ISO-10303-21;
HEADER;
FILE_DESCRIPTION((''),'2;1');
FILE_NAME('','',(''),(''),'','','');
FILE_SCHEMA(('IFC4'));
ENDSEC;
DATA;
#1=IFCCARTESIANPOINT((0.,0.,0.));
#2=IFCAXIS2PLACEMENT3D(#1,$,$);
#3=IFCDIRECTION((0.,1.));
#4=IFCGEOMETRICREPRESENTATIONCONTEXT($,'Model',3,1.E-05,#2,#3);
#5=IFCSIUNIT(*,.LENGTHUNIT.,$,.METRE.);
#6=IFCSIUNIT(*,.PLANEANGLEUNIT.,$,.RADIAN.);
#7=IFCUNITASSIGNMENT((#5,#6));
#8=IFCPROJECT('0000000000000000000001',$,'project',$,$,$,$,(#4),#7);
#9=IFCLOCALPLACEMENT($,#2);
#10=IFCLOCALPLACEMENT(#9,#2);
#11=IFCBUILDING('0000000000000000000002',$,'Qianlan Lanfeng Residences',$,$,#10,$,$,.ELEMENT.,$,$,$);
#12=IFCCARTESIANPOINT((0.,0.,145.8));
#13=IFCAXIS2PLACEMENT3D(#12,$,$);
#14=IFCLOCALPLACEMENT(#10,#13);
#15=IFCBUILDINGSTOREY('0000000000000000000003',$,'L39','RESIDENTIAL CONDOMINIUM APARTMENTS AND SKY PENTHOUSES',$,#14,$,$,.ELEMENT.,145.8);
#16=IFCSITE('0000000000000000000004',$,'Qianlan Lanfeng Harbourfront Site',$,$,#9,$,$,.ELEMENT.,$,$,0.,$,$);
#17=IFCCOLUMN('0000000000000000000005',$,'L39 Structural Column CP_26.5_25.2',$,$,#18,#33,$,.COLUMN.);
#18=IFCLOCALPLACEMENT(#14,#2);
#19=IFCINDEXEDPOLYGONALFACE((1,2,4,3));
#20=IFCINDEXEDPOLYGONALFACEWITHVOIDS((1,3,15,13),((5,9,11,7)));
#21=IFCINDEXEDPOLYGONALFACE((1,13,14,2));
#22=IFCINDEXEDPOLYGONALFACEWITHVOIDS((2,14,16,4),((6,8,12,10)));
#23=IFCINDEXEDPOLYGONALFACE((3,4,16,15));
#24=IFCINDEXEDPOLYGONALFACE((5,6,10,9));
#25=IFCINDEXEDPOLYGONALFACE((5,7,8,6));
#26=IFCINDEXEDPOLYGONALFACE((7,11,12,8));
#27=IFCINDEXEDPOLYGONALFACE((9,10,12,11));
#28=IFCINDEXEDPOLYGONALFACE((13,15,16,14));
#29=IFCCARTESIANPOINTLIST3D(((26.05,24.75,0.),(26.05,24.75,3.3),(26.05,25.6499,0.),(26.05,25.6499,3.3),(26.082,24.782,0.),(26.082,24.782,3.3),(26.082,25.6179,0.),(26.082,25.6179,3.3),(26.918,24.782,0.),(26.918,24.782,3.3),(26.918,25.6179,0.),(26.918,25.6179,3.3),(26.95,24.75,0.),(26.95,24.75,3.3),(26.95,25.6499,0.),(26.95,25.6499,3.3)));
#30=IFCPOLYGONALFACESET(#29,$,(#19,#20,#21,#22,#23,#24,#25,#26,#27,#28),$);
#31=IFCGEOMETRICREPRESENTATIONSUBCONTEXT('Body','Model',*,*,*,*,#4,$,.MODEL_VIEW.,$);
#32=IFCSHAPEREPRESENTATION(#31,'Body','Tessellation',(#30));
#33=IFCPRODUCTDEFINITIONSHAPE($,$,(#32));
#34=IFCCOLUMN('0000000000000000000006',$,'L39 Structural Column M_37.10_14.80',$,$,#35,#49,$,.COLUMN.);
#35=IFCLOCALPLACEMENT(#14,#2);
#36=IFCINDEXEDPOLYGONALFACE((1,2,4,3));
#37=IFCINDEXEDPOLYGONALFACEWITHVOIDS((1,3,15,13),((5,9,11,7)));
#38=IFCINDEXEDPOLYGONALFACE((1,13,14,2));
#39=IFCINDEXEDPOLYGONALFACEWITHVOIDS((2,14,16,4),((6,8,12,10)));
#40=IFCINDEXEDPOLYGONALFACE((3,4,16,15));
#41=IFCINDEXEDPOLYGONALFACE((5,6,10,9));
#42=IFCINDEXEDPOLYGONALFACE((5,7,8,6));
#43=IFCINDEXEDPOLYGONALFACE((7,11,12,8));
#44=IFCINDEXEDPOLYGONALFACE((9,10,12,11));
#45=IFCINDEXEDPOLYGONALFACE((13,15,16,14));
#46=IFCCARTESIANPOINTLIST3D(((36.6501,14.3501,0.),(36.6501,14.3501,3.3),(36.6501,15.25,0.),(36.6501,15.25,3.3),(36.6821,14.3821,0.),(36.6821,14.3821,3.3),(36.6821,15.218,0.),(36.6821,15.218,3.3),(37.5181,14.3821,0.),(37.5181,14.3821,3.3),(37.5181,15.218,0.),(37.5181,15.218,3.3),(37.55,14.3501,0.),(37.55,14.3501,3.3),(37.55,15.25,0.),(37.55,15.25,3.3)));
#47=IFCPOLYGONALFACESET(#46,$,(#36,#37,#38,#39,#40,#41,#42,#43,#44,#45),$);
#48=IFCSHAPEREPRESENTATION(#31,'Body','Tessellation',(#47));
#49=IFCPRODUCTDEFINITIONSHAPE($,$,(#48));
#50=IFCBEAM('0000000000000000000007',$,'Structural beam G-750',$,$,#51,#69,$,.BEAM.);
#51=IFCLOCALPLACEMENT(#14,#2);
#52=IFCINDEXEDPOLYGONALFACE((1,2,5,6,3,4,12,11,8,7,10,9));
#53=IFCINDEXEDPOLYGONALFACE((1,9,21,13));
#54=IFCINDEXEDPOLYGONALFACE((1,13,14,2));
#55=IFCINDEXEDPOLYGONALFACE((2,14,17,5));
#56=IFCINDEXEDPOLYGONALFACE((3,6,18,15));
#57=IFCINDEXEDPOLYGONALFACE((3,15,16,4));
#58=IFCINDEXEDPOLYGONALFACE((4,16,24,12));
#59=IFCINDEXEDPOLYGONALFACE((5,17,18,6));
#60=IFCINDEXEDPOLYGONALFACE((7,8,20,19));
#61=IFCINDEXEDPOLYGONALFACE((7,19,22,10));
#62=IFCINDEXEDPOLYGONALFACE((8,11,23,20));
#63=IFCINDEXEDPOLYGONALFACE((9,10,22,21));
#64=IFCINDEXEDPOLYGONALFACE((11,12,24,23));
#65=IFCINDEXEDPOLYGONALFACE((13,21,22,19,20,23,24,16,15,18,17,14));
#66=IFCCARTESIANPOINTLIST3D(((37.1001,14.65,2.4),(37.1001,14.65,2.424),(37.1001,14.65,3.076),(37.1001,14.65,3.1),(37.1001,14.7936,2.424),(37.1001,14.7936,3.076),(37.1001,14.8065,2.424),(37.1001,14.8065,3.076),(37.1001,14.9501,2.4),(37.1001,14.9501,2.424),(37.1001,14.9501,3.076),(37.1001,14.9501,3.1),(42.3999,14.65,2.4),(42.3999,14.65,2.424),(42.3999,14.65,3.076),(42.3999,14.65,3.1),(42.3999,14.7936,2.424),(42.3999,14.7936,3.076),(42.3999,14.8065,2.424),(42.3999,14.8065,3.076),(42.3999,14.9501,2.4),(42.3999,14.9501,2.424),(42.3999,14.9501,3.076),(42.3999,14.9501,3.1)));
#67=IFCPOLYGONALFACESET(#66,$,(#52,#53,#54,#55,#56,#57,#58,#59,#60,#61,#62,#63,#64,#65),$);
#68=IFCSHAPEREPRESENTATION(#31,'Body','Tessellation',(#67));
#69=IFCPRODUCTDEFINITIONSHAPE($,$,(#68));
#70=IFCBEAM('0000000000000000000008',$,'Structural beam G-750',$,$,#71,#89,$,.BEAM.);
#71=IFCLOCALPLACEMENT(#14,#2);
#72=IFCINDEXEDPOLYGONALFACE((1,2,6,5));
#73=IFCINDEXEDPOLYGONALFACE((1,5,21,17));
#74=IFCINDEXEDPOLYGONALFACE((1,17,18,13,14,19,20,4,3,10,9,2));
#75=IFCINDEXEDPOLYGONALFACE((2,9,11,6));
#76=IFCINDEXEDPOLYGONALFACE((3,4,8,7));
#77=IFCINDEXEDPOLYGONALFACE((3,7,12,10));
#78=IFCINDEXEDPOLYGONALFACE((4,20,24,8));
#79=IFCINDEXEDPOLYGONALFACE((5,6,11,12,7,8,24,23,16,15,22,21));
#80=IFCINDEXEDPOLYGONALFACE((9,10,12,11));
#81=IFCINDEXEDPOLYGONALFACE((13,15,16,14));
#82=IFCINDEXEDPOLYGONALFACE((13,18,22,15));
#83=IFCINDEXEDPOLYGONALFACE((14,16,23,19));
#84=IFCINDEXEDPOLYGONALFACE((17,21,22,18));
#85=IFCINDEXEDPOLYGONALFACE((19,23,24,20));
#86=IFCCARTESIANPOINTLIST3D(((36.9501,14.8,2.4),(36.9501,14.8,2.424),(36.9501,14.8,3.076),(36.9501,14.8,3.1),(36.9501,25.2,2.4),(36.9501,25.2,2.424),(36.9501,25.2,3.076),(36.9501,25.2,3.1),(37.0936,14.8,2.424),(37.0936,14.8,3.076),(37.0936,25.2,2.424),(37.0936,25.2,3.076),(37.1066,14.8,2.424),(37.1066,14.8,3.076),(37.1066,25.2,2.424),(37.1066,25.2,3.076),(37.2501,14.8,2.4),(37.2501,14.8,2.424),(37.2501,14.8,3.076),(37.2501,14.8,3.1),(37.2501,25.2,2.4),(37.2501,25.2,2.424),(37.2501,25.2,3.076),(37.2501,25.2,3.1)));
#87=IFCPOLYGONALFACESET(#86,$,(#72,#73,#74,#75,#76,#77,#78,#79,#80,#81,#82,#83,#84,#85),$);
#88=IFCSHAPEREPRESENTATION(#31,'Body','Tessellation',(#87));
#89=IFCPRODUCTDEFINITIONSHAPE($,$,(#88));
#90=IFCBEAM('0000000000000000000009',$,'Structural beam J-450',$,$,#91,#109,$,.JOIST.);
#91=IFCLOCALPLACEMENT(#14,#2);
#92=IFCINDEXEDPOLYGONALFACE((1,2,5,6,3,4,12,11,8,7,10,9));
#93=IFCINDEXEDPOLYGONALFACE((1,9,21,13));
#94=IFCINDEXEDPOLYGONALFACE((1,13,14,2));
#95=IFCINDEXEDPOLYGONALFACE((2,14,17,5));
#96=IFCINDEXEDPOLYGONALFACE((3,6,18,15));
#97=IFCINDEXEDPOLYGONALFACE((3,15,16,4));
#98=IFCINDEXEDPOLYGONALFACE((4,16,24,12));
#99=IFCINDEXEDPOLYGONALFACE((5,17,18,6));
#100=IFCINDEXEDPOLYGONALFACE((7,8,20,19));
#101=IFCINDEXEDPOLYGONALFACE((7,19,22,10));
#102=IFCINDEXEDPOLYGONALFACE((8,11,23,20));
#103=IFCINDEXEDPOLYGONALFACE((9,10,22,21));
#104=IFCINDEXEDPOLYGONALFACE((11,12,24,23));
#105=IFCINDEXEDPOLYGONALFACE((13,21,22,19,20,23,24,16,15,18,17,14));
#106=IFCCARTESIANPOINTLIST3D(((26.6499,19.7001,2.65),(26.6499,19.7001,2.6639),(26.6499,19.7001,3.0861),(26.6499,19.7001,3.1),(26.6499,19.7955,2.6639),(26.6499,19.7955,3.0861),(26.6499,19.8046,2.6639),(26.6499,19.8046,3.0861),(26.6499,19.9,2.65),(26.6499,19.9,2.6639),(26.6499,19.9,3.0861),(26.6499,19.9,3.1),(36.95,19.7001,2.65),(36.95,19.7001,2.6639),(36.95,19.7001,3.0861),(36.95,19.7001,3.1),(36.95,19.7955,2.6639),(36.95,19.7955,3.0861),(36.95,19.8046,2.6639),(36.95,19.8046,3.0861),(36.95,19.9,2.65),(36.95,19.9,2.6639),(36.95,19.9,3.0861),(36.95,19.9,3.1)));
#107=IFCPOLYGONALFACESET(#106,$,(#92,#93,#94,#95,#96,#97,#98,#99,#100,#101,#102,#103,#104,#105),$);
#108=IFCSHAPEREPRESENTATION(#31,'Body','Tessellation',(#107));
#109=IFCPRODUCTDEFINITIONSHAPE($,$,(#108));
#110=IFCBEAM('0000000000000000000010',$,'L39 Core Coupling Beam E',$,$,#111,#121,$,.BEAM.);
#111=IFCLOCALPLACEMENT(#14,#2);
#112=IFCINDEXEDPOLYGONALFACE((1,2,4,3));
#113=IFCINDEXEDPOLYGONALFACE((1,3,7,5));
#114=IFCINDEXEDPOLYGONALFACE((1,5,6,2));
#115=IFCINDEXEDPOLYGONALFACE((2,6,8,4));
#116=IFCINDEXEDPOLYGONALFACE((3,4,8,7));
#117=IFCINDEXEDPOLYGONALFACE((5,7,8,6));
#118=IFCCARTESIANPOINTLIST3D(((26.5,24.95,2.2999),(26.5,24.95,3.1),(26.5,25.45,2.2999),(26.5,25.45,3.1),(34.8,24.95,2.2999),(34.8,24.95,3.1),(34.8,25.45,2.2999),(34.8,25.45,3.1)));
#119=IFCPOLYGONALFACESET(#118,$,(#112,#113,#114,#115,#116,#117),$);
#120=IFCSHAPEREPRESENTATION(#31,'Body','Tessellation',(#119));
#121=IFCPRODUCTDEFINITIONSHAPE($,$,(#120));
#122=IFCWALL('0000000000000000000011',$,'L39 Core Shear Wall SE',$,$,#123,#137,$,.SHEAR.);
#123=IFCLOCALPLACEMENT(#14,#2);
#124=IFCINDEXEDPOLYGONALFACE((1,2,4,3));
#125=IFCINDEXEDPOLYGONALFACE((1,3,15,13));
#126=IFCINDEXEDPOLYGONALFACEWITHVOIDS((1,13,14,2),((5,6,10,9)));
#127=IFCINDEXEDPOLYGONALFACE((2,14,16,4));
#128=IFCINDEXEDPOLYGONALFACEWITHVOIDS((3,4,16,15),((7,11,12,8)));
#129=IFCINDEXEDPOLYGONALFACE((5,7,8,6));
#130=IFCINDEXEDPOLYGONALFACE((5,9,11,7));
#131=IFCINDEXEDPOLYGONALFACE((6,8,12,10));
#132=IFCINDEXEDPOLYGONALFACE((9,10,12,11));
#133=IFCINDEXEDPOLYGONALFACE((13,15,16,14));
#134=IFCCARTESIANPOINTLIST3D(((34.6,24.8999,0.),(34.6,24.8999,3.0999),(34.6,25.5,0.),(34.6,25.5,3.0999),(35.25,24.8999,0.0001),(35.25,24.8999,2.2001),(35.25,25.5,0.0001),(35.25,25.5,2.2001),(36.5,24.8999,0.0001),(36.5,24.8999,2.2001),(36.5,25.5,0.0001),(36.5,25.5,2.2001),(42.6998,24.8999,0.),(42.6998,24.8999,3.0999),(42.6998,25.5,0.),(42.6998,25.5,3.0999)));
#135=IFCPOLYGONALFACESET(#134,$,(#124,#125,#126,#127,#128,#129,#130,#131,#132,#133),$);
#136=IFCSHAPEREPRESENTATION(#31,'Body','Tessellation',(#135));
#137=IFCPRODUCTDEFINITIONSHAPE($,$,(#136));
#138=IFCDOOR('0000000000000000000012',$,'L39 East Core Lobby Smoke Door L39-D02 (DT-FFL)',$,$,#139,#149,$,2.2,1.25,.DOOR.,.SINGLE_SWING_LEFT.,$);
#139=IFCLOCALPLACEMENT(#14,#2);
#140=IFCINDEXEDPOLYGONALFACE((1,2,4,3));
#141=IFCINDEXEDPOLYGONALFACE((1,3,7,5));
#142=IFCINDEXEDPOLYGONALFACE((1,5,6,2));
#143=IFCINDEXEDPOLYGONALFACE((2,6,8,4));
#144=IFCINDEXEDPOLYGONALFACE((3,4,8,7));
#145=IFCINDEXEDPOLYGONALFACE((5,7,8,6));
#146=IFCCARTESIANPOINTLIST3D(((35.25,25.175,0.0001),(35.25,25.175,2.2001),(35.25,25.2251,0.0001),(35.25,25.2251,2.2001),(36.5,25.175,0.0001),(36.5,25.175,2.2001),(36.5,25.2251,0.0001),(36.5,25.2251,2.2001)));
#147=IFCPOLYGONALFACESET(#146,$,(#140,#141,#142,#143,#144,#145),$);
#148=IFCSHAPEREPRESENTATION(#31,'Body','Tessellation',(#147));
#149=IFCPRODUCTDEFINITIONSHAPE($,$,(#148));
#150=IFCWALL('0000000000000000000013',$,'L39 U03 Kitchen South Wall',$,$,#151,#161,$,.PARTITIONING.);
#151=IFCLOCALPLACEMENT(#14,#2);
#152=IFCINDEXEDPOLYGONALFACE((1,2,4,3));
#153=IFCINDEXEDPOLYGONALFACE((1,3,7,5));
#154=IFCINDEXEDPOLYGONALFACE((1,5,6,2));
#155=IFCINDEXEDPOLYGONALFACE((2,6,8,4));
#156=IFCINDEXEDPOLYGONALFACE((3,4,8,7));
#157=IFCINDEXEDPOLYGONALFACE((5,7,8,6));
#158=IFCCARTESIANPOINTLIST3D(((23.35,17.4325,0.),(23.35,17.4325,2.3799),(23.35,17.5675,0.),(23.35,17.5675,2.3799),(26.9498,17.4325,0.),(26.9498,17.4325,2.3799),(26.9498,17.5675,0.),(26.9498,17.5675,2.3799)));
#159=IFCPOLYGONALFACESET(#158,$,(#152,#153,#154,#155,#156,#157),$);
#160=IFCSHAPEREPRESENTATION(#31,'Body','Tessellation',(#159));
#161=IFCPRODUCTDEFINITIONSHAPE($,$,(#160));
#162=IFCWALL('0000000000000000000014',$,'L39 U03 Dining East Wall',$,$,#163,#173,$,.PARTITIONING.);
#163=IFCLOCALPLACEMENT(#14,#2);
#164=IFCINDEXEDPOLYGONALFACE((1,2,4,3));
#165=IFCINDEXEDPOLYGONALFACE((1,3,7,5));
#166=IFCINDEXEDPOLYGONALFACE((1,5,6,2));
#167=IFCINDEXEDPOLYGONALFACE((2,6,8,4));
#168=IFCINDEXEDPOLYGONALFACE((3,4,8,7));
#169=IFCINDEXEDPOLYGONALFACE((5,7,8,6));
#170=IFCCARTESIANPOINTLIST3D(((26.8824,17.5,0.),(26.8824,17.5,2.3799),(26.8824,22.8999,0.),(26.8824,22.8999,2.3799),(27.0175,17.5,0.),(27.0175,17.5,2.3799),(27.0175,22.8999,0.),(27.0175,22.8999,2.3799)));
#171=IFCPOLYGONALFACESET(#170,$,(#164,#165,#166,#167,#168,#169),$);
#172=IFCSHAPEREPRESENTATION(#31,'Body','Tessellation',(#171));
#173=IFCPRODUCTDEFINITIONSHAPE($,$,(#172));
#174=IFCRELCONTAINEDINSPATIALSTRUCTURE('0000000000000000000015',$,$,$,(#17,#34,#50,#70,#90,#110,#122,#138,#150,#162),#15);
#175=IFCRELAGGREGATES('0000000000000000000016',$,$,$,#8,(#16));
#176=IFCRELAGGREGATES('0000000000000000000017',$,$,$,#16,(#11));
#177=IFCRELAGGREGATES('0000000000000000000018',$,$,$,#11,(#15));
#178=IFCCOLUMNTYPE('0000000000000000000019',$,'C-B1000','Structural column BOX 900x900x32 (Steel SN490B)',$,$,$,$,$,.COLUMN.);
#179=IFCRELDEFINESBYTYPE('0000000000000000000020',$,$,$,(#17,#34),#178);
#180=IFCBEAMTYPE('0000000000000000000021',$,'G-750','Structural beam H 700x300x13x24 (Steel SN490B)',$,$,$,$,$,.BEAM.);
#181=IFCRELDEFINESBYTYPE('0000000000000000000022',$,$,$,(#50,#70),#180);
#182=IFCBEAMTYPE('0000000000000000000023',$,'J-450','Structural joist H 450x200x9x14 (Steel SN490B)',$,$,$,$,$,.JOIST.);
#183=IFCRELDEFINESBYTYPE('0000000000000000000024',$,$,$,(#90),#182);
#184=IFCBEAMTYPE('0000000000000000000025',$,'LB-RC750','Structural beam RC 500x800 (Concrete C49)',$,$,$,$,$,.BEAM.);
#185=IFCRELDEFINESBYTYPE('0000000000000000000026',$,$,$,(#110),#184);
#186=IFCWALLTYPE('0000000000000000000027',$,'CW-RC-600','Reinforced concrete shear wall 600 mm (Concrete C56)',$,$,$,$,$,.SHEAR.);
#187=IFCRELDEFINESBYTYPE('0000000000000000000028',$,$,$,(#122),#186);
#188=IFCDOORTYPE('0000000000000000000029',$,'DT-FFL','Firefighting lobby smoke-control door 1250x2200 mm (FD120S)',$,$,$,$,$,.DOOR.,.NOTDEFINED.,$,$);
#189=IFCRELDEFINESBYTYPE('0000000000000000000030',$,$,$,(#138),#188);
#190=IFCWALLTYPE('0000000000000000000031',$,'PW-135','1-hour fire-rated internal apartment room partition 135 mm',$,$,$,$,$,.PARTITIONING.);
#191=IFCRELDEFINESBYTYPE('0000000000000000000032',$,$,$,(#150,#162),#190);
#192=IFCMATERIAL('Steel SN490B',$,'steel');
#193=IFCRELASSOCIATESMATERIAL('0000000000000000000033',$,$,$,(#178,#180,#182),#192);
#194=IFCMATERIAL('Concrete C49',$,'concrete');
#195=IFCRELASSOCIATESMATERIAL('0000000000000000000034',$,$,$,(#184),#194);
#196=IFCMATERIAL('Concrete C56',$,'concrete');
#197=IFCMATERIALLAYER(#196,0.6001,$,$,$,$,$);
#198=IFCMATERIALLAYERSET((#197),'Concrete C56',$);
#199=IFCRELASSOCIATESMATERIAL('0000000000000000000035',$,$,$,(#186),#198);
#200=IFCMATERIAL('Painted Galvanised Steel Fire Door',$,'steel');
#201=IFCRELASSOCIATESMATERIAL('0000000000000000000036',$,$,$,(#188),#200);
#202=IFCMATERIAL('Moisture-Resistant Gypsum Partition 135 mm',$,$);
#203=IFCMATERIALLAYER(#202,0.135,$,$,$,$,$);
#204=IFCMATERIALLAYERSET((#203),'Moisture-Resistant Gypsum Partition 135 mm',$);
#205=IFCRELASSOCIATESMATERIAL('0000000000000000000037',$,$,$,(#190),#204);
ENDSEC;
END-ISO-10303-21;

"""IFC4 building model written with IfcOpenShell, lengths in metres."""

from ifc_helpers import new_model, si_unit, direction, frame, frame_2d, origin, origin_2d, place, context, subcontext, project, spatial, rectangle, hollow_rectangle, i_section, extrude, material, layer, layer_set, material_profile, profile_set, type_object, element, fill, save


model = new_model("IFC4")

# Units and contexts
model_context = context("Model", 3, precision=1e-05, world=origin(), true_north=direction((0.0, 1.0)))
body_context = subcontext(model_context, "Body", "Model", "MODEL_VIEW")
ifc_project = project(units=[si_unit("LENGTHUNIT", "METRE"), si_unit("PLANEANGLEUNIT", "RADIAN")], contexts=[model_context])

# Site, building, storey
site_placement = place(None, origin())
site = spatial("IfcSite", under=ifc_project, at=site_placement, Name="Qianlan Lanfeng Harbourfront Site", CompositionType="ELEMENT", RefElevation=0.0)
building_placement = place(site_placement, origin())
building = spatial("IfcBuilding", under=site, at=building_placement, Name="Qianlan Lanfeng Residences", CompositionType="ELEMENT")
storey_placement = place(building_placement, frame((0.0, 0.0, 145.8)))
storey = spatial("IfcBuildingStorey", under=building, at=storey_placement, Name="L39", Description="RESIDENTIAL CONDOMINIUM APARTMENTS AND SKY PENTHOUSES", CompositionType="ELEMENT", Elevation=145.8)

# Columns
ifc_material_1 = material(Name="Steel SN490B", Category="steel")
ifc_material_profile_1 = material_profile(ifc_material_1, hollow_rectangle(XDim=0.8999, YDim=0.8999, WallThickness=0.032, at=origin_2d()), Name="BOX 900x900x32")
ifc_profile_set_1 = profile_set([ifc_material_profile_1], Name="Steel SN490B")
column_type = type_object("IfcColumnType", Name="C-B1000", Description="Structural column BOX 900x900x32 (Steel SN490B)", PredefinedType="COLUMN", material=ifc_profile_set_1)
for number, where, z_axis, x_axis, name in (
    (1, (26.5, 25.2, 0.0), (0.0, 0.0, 1.0), (1.0, 0.0, 0.0), "L39 Structural Column CP_26.5_25.2"),
    (2, (37.1001, 14.8, 0.0), (0.0, 0.0, 1.0), (1.0, 0.0, 0.0), "L39 Structural Column M_37.10_14.80"),
):
    element("IfcColumn", number, at=place(storey_placement, frame(where, z_axis=z_axis, x_axis=x_axis)), inside=storey, type_object=column_type, Name=name, PredefinedType="COLUMN", context=body_context, shape_type="SweptSolid", body=[
        extrude(hollow_rectangle(XDim=0.8999, YDim=0.8999, WallThickness=0.032, at=origin_2d()), origin(), (0.0, 0.0, 1.0), 3.3),
    ])

# Beams
ifc_material_profile_2 = material_profile(ifc_material_1, i_section(OverallWidth=0.3, OverallDepth=0.7, WebThickness=0.0129, FlangeThickness=0.0239, at=origin_2d()), Name="H 700x300x13x24")
ifc_profile_set_2 = profile_set([ifc_material_profile_2], Name="Steel SN490B")
beam_type_1 = type_object("IfcBeamType", Name="G-750", Description="Structural beam H 700x300x13x24 (Steel SN490B)", PredefinedType="BEAM", material=ifc_profile_set_2)
beam_1_placement = place(storey_placement, frame((37.1001, 14.8, 2.75), z_axis=(1.0, 0.0, 0.0), x_axis=(0.0, 1.0, 0.0)))
element("IfcBeam", 3, at=beam_1_placement, inside=storey, type_object=beam_type_1, Name="Structural beam G-750", PredefinedType="BEAM", context=body_context, shape_type="SweptSolid", body=[
    extrude(i_section(OverallWidth=0.3, OverallDepth=0.7, WebThickness=0.0129, FlangeThickness=0.0239, at=origin_2d()), origin(), (0.0, 0.0, 1.0), 5.2998),
])
beam_2_placement = place(storey_placement, frame((37.1001, 14.8, 2.75), z_axis=(0.0, 1.0, 0.0), x_axis=(-1.0, 0.0, 0.0)))
element("IfcBeam", 4, at=beam_2_placement, inside=storey, type_object=beam_type_1, Name="Structural beam G-750", PredefinedType="BEAM", context=body_context, shape_type="SweptSolid", body=[
    extrude(i_section(OverallWidth=0.3, OverallDepth=0.7, WebThickness=0.0129, FlangeThickness=0.0239, at=origin_2d()), origin(), (0.0, 0.0, 1.0), 10.3999),
])
ifc_material_profile_3 = material_profile(ifc_material_1, i_section(OverallWidth=0.2, OverallDepth=0.45, WebThickness=0.009, FlangeThickness=0.0139, at=origin_2d()), Name="H 450x200x9x14")
ifc_profile_set_3 = profile_set([ifc_material_profile_3], Name="Steel SN490B")
beam_type_2 = type_object("IfcBeamType", Name="J-450", Description="Structural joist H 450x200x9x14 (Steel SN490B)", PredefinedType="JOIST", material=ifc_profile_set_3)
beam_3_placement = place(storey_placement, frame((26.6499, 19.8, 2.875), z_axis=(1.0, 0.0, 0.0), x_axis=(0.0, 1.0, 0.0)))
element("IfcBeam", 5, at=beam_3_placement, inside=storey, type_object=beam_type_2, Name="Structural beam J-450", PredefinedType="JOIST", context=body_context, shape_type="SweptSolid", body=[
    extrude(i_section(OverallWidth=0.2, OverallDepth=0.45, WebThickness=0.009, FlangeThickness=0.0139, at=origin_2d()), origin(), (0.0, 0.0, 1.0), 10.3),
])
ifc_material_2 = material(Name="Concrete C49", Category="concrete")
ifc_material_profile_4 = material_profile(ifc_material_2, rectangle(XDim=0.5, YDim=0.8, at=origin_2d()), Name="RC 500x800")
ifc_profile_set_4 = profile_set([ifc_material_profile_4], Name="Concrete C49")
beam_type_3 = type_object("IfcBeamType", Name="LB-RC750", Description="Structural beam RC 500x800 (Concrete C49)", PredefinedType="BEAM", material=ifc_profile_set_4)
beam_4_placement = place(storey_placement, frame((26.5, 25.2, 2.7), z_axis=(1.0, 0.0, 0.0), x_axis=(0.0, 1.0, 0.0)))
element("IfcBeam", 6, at=beam_4_placement, inside=storey, type_object=beam_type_3, Name="L39 Core Coupling Beam E", PredefinedType="BEAM", context=body_context, shape_type="SweptSolid", body=[
    extrude(rectangle(XDim=0.5, YDim=0.8, at=origin_2d()), origin(), (0.0, 0.0, 1.0), 8.3),
])

# Wall, opening, door
ifc_material_3 = material(Name="Concrete C56", Category="concrete")
ifc_layer_1 = layer(ifc_material_3, 0.6001)
ifc_layer_set_1 = layer_set([ifc_layer_1], Name="Concrete C56")
wall_type_1 = type_object("IfcWallType", Name="CW-RC-600", Description="Reinforced concrete shear wall 600 mm (Concrete C56)", PredefinedType="SHEAR", material=ifc_layer_set_1)
wall_1_placement = place(storey_placement, frame((34.6001, 25.2, 0.0), z_axis=(0.0, 0.0, 1.0), x_axis=(1.0, 0.0, 0.0)))
wall_1 = element("IfcWall", 7, at=wall_1_placement, inside=storey, type_object=wall_type_1, Name="L39 Core Shear Wall SE", PredefinedType="SHEAR", context=body_context, shape_type="SweptSolid", body=[
    extrude(rectangle(XDim=8.0999, YDim=0.6001, at=frame_2d((4.0498, 0.0))), origin(), (0.0, 0.0, 1.0), 3.0999),
])
opening_1_placement = place(wall_1_placement, frame((0.6499, 0.0, 0.0)))
opening_1 = element("IfcOpeningElement", 8, at=opening_1_placement, cuts=wall_1, PredefinedType="OPENING", context=body_context, shape_type="SweptSolid", body=[
    extrude(rectangle(XDim=1.25, YDim=2.2, at=frame_2d((0.625, 1.1001))), frame((0.0, 0.3101, 0.0), z_axis=(0.0, -1.0, 0.0), x_axis=(1.0, 0.0, 0.0)), (0.0, 0.0, 1.0), 0.6201),
])
ifc_material_4 = material(Name="Painted Galvanised Steel Fire Door", Category="steel")
door_type_1 = type_object("IfcDoorType", Name="DT-FFL", Description="Firefighting lobby smoke-control door 1250x2200 mm (FD120S)", OperationType="NOTDEFINED", PredefinedType="DOOR", material=ifc_material_4)
door_1_placement = place(opening_1_placement, frame((1.25, 0.0, 0.0), z_axis=(0.0, 0.0, 1.0), x_axis=(-1.0, 0.0, 0.0)))
door_1 = element("IfcDoor", 9, at=door_1_placement, inside=storey, type_object=door_type_1, Name="L39 East Core Lobby Smoke Door L39-D02 (DT-FFL)", OperationType="SINGLE_SWING_LEFT", OverallHeight=2.2, OverallWidth=1.25, PredefinedType="DOOR", context=body_context, shape_type="SweptSolid", body=[
    extrude(rectangle(XDim=1.25, YDim=2.2, at=frame_2d((0.625, 1.1001))), frame((0.0, 0.0249, 0.0), z_axis=(0.0, -1.0, 0.0), x_axis=(1.0, 0.0, 0.0)), (0.0, 0.0, 1.0), 0.05),
])
fill(opening_1, door_1)

# Walls
ifc_material_5 = material(Name="Moisture-Resistant Gypsum Partition 135 mm")
ifc_layer_2 = layer(ifc_material_5, 0.135)
ifc_layer_set_2 = layer_set([ifc_layer_2], Name="Moisture-Resistant Gypsum Partition 135 mm")
wall_type_2 = type_object("IfcWallType", Name="PW-135", Description="1-hour fire-rated internal apartment room partition 135 mm", PredefinedType="PARTITIONING", material=ifc_layer_set_2)
wall_2_placement = place(storey_placement, frame((23.3501, 17.5, 0.0), z_axis=(0.0, 0.0, 1.0), x_axis=(1.0, 0.0, 0.0)))
element("IfcWall", 10, at=wall_2_placement, inside=storey, type_object=wall_type_2, Name="L39 U03 Kitchen South Wall", PredefinedType="PARTITIONING", context=body_context, shape_type="SweptSolid", body=[
    extrude(rectangle(XDim=3.5999, YDim=0.135, at=frame_2d((1.7998, 0.0))), origin(), (0.0, 0.0, 1.0), 2.3799),
])
wall_3_placement = place(storey_placement, frame((26.95, 17.5, 0.0), z_axis=(0.0, 0.0, 1.0), x_axis=(0.0, 1.0, 0.0)))
element("IfcWall", 11, at=wall_3_placement, inside=storey, type_object=wall_type_2, Name="L39 U03 Dining East Wall", PredefinedType="PARTITIONING", context=body_context, shape_type="SweptSolid", body=[
    extrude(rectangle(XDim=5.3999, YDim=0.135, at=frame_2d((2.7, 0.0))), origin(), (0.0, 0.0, 1.0), 2.3799),
])

save(model, "model.ifc")
